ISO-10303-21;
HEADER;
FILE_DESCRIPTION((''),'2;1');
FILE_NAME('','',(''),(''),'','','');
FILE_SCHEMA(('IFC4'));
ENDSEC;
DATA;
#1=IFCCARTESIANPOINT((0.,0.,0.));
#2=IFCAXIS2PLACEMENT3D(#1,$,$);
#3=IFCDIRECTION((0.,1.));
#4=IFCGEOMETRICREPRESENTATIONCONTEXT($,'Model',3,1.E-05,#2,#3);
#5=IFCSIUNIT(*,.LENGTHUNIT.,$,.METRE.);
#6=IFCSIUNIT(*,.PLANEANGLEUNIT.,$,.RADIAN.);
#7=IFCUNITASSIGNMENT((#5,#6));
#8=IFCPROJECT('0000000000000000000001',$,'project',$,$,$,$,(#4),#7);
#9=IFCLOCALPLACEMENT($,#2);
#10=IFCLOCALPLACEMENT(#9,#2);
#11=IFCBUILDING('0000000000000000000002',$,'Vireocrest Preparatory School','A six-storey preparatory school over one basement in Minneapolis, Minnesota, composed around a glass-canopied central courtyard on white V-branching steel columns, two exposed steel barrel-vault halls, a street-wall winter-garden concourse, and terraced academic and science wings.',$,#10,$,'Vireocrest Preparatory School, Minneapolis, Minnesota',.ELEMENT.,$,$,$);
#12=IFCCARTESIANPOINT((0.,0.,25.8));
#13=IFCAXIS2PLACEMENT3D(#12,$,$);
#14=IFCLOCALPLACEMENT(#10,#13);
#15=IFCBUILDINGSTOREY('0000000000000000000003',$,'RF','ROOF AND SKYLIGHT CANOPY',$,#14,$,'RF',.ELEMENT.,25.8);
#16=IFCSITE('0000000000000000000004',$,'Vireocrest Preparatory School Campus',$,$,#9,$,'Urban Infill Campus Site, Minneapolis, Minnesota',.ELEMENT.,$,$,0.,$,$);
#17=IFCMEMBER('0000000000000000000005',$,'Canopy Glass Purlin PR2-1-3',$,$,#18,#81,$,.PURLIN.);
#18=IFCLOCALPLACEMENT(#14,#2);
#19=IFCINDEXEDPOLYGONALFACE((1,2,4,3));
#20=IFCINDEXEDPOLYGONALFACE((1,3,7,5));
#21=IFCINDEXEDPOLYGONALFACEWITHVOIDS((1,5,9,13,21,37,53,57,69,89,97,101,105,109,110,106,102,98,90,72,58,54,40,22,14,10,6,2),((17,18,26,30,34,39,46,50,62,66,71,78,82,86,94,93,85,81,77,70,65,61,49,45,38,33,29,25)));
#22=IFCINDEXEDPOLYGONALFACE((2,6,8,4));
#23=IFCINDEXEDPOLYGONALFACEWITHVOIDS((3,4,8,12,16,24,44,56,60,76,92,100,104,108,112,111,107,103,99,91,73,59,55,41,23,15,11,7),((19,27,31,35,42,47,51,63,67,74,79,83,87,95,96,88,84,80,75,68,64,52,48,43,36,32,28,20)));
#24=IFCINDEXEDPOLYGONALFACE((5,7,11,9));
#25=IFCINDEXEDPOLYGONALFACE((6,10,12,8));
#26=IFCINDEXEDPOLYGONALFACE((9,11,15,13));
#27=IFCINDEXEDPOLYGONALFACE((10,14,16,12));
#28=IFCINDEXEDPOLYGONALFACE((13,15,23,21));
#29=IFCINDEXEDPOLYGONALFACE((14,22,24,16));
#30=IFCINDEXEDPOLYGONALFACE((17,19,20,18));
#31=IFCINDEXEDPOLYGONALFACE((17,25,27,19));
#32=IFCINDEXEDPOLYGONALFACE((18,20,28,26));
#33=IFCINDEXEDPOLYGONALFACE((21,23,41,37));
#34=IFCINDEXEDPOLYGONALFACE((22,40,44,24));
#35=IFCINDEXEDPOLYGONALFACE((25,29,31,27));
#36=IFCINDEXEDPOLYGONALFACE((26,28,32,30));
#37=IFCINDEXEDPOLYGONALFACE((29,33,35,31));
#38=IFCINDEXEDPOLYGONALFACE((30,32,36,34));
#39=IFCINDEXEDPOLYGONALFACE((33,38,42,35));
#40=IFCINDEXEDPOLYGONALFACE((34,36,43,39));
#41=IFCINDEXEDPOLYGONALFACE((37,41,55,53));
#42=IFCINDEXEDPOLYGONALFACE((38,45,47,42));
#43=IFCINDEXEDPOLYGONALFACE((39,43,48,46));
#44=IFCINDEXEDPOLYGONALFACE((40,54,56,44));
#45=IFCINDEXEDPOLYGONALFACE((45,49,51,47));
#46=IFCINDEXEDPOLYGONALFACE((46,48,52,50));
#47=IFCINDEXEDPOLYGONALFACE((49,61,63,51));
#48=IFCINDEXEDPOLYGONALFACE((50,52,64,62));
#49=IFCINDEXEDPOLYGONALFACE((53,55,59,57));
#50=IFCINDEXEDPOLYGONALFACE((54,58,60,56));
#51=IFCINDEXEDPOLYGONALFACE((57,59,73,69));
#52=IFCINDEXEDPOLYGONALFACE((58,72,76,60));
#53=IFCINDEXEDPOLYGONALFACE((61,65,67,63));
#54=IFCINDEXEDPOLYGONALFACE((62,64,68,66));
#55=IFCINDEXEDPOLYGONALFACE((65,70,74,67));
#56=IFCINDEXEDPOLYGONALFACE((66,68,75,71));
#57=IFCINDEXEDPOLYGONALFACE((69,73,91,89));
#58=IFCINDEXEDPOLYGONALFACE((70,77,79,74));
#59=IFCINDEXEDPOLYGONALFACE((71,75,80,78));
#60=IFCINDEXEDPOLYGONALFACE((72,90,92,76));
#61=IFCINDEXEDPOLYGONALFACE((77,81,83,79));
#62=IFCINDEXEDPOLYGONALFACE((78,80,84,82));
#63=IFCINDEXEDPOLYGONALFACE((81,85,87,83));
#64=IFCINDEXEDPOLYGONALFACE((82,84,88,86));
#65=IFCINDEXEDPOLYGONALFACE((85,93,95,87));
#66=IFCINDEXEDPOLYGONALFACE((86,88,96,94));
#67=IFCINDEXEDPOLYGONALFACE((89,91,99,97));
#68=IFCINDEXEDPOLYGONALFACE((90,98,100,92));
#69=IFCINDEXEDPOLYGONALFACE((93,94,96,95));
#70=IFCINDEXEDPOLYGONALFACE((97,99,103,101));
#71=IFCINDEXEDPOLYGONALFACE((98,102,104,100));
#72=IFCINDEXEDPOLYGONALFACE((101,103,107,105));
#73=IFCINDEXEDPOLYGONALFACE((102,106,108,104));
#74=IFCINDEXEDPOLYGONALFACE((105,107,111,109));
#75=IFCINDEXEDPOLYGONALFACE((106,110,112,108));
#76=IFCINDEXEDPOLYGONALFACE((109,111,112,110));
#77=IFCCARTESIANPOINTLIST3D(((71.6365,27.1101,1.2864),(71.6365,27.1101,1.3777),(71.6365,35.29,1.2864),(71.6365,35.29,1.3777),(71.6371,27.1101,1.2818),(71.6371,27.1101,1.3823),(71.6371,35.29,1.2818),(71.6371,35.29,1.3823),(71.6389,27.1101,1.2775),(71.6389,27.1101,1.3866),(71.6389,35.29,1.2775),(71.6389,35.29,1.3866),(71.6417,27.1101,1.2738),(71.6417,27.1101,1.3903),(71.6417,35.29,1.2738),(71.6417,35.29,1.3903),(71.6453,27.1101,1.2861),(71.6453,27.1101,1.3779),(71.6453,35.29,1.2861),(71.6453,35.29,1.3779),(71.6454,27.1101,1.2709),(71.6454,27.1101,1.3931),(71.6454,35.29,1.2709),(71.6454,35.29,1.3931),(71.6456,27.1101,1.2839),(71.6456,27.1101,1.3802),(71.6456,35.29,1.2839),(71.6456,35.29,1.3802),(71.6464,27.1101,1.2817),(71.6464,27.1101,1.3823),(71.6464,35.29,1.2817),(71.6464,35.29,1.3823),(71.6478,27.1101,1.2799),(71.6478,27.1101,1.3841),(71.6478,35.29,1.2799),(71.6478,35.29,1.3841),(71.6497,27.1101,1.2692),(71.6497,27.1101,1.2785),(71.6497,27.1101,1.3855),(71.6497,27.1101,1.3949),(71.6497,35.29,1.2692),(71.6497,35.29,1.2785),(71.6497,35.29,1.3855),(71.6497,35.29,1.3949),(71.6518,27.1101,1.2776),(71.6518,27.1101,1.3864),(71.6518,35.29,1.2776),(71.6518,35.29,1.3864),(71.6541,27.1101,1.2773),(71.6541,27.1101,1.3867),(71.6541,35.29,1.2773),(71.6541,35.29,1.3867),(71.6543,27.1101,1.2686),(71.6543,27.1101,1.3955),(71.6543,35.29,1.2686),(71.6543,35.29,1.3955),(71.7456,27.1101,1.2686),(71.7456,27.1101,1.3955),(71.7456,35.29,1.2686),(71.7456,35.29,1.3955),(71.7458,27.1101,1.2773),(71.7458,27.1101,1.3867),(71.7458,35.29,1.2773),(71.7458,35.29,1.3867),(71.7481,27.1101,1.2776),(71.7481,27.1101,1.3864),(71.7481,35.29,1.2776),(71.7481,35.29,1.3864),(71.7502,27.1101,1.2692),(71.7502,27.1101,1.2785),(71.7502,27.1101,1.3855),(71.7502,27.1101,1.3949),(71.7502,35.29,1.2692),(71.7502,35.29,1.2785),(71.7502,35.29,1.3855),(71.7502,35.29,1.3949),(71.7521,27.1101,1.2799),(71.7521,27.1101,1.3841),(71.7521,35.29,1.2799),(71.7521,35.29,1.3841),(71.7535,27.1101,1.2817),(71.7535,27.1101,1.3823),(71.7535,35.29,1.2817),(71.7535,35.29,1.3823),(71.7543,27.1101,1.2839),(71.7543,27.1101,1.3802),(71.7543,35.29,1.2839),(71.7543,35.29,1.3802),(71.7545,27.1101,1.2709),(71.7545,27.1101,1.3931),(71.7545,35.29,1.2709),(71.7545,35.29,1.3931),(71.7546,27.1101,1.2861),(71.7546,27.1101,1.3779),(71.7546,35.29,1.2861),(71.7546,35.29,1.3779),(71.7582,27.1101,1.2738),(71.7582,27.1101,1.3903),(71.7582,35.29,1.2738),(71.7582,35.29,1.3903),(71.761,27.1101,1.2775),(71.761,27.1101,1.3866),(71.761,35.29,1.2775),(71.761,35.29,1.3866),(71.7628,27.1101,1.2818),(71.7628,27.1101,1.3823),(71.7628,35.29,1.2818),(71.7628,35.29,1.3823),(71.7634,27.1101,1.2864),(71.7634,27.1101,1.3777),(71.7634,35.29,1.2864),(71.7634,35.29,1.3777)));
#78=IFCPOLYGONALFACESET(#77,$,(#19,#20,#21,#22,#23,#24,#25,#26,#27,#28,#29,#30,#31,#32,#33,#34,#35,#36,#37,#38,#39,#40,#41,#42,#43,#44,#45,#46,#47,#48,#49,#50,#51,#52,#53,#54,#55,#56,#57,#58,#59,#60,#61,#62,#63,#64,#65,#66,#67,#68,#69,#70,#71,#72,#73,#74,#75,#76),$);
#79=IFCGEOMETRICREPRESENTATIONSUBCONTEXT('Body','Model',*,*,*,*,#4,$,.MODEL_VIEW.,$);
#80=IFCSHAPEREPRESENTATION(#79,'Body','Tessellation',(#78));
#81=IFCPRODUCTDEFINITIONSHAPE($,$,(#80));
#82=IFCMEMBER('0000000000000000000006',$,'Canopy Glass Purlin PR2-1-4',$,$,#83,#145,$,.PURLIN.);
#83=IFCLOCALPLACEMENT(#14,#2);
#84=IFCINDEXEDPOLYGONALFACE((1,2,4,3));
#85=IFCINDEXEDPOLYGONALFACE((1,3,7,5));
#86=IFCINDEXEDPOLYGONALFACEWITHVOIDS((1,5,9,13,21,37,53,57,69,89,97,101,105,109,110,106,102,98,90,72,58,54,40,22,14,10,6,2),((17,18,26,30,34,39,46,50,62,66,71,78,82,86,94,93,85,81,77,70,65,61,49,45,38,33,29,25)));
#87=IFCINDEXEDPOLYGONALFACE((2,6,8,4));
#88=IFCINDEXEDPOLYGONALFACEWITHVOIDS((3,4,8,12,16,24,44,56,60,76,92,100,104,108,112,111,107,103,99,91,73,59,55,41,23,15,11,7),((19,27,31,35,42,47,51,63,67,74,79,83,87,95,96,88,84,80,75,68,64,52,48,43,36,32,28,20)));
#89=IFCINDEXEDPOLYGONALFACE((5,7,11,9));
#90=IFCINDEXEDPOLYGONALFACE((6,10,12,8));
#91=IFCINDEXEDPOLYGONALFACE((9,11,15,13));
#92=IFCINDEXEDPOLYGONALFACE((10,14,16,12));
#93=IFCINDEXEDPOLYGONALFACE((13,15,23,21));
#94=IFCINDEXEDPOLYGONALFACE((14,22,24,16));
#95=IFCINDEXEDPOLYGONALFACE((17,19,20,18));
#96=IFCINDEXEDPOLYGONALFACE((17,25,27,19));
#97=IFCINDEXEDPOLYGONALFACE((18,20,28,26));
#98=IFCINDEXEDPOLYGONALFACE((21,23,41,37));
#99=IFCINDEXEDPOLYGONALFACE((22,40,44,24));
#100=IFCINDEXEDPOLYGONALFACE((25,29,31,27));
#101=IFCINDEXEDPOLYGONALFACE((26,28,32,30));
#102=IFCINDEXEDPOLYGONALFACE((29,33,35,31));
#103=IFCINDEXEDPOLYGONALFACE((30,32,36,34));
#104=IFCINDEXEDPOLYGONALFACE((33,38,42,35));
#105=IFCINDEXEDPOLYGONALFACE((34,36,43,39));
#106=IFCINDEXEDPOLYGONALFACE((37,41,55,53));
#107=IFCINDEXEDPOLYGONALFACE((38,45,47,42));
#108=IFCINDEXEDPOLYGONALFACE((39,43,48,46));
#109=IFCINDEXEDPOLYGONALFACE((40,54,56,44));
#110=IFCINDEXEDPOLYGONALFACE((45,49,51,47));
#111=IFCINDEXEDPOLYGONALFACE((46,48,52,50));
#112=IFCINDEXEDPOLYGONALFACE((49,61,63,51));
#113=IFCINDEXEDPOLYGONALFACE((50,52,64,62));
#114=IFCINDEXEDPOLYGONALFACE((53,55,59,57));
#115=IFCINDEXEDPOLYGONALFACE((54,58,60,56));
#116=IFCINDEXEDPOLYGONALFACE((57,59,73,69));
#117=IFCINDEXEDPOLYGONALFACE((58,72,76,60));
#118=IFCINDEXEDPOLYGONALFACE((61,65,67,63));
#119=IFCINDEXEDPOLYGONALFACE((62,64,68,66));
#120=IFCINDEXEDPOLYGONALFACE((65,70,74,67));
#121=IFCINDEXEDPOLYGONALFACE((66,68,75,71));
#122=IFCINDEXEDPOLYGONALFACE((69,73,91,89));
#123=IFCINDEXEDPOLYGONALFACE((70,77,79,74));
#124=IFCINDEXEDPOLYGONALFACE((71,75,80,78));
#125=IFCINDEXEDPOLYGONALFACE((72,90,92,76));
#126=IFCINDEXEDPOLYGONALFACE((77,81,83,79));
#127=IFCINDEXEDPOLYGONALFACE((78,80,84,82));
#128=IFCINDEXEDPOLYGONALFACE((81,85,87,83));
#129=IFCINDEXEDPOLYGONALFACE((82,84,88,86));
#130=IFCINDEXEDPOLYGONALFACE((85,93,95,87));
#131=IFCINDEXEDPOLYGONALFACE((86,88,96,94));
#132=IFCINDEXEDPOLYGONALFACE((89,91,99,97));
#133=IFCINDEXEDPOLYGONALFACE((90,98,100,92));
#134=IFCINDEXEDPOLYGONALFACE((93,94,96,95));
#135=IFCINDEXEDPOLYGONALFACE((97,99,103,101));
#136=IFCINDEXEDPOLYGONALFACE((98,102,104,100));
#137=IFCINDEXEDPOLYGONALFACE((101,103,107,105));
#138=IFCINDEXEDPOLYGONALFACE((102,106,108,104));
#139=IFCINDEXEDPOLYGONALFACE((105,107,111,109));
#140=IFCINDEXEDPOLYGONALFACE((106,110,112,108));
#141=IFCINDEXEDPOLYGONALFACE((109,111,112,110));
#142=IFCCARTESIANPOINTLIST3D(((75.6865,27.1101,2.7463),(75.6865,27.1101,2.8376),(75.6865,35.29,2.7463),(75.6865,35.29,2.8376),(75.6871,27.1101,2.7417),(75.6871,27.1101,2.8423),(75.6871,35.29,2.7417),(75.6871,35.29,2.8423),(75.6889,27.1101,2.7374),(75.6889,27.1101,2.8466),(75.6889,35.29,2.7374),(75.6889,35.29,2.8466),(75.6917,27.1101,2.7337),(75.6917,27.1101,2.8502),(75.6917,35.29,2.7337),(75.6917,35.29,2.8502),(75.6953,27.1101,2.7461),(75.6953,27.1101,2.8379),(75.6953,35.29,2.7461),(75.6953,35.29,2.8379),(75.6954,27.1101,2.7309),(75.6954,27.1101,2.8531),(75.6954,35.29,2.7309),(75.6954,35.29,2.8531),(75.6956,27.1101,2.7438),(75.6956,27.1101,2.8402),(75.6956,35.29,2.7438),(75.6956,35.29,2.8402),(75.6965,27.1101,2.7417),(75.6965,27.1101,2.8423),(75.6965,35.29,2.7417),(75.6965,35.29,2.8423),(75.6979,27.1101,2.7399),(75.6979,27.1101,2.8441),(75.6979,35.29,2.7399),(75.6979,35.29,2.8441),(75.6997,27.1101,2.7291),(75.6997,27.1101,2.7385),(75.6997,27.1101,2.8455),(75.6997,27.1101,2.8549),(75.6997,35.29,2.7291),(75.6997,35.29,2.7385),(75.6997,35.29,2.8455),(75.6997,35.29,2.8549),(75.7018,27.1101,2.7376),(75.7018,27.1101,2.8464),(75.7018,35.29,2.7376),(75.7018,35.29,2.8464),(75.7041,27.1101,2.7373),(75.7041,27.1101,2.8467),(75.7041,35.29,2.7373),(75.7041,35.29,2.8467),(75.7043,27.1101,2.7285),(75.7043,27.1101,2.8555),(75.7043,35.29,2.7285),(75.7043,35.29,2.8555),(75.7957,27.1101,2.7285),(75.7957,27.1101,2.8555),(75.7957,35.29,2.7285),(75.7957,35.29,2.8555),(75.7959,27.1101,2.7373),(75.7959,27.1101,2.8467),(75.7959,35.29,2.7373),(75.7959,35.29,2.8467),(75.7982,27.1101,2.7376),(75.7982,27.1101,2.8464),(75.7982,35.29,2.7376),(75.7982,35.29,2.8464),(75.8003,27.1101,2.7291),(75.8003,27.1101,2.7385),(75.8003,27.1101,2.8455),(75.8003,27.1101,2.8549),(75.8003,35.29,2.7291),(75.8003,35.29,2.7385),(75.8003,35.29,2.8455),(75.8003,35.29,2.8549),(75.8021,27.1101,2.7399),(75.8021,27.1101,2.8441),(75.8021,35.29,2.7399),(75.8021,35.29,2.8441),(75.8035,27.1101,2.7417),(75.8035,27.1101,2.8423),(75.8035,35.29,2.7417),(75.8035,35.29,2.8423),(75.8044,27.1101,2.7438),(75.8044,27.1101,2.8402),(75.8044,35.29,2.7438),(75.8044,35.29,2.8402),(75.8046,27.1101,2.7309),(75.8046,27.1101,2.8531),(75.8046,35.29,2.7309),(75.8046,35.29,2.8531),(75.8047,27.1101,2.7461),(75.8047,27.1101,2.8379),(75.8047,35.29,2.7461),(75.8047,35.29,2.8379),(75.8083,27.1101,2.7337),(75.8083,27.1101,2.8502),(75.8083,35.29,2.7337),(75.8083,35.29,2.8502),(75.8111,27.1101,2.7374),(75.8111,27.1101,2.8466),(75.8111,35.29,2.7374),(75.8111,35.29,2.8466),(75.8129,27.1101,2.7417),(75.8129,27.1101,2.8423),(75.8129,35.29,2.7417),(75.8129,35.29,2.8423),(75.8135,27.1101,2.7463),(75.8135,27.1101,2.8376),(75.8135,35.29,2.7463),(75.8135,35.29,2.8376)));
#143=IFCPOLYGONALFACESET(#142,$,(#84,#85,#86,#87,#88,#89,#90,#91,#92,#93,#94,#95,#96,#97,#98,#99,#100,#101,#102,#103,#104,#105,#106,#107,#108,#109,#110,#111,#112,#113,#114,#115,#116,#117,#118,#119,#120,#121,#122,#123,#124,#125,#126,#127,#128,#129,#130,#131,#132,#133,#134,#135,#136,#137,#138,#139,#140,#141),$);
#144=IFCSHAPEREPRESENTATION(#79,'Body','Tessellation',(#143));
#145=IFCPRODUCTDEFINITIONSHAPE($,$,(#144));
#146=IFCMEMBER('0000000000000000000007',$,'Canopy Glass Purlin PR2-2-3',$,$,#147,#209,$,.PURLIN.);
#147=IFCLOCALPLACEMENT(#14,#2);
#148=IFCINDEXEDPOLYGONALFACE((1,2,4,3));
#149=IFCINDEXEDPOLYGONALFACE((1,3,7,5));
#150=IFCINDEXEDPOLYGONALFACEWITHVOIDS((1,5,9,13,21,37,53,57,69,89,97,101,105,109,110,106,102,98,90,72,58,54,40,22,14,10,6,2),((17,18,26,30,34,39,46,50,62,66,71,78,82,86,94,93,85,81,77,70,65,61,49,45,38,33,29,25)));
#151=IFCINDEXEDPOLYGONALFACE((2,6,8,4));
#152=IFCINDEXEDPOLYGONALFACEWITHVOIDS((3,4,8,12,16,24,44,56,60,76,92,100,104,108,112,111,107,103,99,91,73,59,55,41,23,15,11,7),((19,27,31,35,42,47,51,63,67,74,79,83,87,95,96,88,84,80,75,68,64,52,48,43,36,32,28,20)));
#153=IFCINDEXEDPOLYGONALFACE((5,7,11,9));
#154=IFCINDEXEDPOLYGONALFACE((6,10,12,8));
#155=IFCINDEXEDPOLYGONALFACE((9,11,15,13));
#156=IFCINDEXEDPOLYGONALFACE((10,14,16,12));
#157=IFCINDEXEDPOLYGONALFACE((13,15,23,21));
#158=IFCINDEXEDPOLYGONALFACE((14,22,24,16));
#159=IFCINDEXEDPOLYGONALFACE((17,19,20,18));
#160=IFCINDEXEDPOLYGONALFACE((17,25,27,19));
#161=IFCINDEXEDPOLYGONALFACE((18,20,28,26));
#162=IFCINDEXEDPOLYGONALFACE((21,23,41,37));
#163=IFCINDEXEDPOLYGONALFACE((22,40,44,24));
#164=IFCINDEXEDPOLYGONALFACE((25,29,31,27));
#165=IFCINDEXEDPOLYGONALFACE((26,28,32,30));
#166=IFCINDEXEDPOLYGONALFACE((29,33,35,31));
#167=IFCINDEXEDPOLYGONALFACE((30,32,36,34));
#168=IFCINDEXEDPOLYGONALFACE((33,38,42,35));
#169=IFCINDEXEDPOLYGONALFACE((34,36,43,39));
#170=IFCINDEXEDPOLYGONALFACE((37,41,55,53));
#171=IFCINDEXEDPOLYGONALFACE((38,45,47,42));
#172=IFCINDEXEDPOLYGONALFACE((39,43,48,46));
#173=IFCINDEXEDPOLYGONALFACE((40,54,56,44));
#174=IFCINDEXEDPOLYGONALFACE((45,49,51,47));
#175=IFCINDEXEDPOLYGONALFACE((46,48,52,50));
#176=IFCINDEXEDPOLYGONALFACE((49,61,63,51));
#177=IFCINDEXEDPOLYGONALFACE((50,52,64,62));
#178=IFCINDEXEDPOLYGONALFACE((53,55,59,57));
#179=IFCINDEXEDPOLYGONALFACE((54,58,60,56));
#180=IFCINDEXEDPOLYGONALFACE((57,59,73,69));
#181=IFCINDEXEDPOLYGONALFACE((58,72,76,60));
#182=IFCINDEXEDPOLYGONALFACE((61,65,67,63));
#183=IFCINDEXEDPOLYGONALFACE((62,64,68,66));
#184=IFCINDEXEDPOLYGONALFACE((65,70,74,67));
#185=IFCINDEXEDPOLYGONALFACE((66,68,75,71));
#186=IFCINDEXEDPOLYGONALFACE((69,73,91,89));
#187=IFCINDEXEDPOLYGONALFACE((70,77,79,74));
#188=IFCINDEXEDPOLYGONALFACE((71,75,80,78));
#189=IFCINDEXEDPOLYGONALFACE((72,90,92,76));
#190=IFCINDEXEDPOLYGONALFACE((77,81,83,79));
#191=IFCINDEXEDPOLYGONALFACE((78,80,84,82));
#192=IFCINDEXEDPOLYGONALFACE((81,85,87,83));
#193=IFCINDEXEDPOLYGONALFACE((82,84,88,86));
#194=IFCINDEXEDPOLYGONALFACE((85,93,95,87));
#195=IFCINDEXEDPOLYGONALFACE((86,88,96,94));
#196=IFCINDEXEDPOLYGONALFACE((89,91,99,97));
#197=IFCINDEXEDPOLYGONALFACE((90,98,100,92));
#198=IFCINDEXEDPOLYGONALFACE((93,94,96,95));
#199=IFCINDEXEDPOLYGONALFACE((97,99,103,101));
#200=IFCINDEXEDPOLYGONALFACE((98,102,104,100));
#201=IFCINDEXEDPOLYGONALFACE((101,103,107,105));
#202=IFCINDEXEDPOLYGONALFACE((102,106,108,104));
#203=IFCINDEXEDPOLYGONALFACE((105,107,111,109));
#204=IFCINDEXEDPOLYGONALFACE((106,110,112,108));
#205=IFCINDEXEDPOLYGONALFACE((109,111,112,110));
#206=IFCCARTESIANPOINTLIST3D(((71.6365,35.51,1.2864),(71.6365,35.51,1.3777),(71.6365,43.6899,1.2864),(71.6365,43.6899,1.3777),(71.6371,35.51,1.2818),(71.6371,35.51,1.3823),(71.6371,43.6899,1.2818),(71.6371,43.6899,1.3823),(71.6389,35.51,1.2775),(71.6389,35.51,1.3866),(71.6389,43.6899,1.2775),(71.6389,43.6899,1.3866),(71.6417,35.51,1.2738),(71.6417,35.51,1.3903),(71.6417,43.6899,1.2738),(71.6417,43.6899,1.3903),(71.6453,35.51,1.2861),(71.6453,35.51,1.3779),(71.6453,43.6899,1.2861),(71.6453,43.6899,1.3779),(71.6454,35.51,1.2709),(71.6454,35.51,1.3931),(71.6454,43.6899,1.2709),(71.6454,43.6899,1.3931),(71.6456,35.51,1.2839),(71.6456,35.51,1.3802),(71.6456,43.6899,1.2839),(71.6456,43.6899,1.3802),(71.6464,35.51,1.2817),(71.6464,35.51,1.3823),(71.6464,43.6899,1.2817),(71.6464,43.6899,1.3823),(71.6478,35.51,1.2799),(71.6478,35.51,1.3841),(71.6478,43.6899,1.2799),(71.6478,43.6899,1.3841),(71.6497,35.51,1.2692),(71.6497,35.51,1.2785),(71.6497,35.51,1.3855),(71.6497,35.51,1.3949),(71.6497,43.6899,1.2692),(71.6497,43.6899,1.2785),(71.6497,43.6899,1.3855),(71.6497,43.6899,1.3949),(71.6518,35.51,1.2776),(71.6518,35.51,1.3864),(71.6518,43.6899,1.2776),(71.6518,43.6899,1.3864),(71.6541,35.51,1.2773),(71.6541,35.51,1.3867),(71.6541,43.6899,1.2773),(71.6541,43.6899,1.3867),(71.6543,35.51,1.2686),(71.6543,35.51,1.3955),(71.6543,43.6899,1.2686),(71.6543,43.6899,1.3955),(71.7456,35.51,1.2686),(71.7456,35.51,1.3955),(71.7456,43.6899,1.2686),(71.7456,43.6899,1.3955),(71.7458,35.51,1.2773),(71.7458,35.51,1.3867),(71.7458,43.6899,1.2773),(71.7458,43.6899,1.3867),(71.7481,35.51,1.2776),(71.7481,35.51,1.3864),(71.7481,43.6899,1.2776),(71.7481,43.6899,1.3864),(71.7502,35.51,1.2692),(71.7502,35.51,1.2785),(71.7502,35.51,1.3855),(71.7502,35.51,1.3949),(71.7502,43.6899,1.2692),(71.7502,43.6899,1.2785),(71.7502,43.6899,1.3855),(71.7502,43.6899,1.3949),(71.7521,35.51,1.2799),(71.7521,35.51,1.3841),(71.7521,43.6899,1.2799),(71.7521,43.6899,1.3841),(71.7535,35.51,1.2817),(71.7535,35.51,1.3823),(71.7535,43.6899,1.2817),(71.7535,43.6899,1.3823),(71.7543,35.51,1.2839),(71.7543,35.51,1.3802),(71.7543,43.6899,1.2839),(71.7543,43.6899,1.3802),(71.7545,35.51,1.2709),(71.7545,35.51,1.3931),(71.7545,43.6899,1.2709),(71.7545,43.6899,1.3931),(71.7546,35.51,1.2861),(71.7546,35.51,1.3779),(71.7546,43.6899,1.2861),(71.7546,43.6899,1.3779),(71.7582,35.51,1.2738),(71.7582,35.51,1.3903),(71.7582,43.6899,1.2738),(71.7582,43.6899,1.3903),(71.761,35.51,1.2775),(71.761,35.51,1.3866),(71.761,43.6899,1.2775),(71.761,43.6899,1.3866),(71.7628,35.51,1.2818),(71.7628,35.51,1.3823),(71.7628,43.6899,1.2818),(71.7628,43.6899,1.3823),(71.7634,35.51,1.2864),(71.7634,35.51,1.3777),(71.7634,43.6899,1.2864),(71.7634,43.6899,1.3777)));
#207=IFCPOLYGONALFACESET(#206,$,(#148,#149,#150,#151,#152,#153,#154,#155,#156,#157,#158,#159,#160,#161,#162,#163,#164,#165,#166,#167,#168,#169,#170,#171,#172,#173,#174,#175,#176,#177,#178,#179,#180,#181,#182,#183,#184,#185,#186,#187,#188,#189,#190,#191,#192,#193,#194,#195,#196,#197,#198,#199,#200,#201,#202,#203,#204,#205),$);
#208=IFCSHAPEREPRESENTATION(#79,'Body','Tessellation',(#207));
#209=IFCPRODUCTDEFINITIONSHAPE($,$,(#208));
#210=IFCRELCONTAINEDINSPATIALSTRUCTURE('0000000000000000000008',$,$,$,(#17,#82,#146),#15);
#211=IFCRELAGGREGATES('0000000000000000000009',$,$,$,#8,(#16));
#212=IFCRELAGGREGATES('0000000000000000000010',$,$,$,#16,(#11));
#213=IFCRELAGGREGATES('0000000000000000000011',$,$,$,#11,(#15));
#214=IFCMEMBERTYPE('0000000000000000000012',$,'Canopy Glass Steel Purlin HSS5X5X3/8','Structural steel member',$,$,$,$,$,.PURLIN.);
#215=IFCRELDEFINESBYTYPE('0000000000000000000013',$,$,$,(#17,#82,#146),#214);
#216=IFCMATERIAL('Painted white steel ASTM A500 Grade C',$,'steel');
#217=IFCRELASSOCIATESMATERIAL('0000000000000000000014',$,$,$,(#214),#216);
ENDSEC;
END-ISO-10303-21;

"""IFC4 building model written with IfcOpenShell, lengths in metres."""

from ifc_helpers import new_model, si_unit, direction, frame, origin, origin_2d, place, context, subcontext, project, spatial, hollow_rectangle, extrude, material, material_profile, profile_set, type_object, element, save


model = new_model("IFC4")

# Units and contexts
model_context = context("Model", 3, precision=1e-05, world=origin(), true_north=direction((0.0, 1.0)))
body_context = subcontext(model_context, "Body", "Model", "MODEL_VIEW")
ifc_project = project(units=[si_unit("LENGTHUNIT", "METRE"), si_unit("PLANEANGLEUNIT", "RADIAN")], contexts=[model_context])

# Site, building, storey
site_placement = place(None, origin())
site = spatial("IfcSite", under=ifc_project, at=site_placement, Name="Vireocrest Preparatory School Campus", LongName="Urban Infill Campus Site, Minneapolis, Minnesota", CompositionType="ELEMENT", RefElevation=0.0)
building_placement = place(site_placement, origin())
building = spatial("IfcBuilding", under=site, at=building_placement, Name="Vireocrest Preparatory School", Description="A six-storey preparatory school over one basement in Minneapolis, Minnesota, composed around a glass-canopied central courtyard on white V-branching steel columns, two exposed steel barrel-vault halls, a street-wall winter-garden concourse, and terraced academic and science wings.", LongName="Vireocrest Preparatory School, Minneapolis, Minnesota", CompositionType="ELEMENT")
storey_placement = place(building_placement, frame((0.0, 0.0, 25.8)))
storey = spatial("IfcBuildingStorey", under=building, at=storey_placement, Name="RF", Description="ROOF AND SKYLIGHT CANOPY", LongName="RF", CompositionType="ELEMENT", Elevation=25.8)

# Members
ifc_material_1 = material(Name="Painted white steel ASTM A500 Grade C", Category="steel")
ifc_material_profile_1 = material_profile(ifc_material_1, hollow_rectangle(XDim=0.127, YDim=0.127, WallThickness=0.0088, InnerFilletRadius=0.0088, OuterFilletRadius=0.0178, at=origin_2d()), Name="HSS5X5X3/8")
ifc_profile_set_1 = profile_set([ifc_material_profile_1], Name="Painted white steel ASTM A500 Grade C")
member_type_1 = type_object("IfcMemberType", Name="Canopy Glass Steel Purlin HSS5X5X3/8", Description="Structural steel member", PredefinedType="PURLIN", material=ifc_profile_set_1)
for number, where, z_axis, x_axis, name in (
    (1, (71.7, 27.1101, 1.332), (0.0, 1.0, 0.0), (-1.0, 0.0, 0.0), "Canopy Glass Purlin PR2-1-3"),
    (2, (75.75, 27.1101, 2.792), (0.0, 1.0, 0.0), (-1.0, 0.0, 0.0), "Canopy Glass Purlin PR2-1-4"),
    (3, (71.7, 35.51, 1.332), (0.0, 1.0, 0.0), (-1.0, 0.0, 0.0), "Canopy Glass Purlin PR2-2-3"),
):
    element("IfcMember", number, at=place(storey_placement, frame(where, z_axis=z_axis, x_axis=x_axis)), inside=storey, type_object=member_type_1, Name=name, PredefinedType="PURLIN", context=body_context, shape_type="SweptSolid", body=[
        extrude(hollow_rectangle(XDim=0.127, YDim=0.127, WallThickness=0.0088, InnerFilletRadius=0.0088, OuterFilletRadius=0.0178, at=origin_2d()), origin(), (0.0, 0.0, 1.0), 8.1799),
    ])

save(model, "model.ifc")
